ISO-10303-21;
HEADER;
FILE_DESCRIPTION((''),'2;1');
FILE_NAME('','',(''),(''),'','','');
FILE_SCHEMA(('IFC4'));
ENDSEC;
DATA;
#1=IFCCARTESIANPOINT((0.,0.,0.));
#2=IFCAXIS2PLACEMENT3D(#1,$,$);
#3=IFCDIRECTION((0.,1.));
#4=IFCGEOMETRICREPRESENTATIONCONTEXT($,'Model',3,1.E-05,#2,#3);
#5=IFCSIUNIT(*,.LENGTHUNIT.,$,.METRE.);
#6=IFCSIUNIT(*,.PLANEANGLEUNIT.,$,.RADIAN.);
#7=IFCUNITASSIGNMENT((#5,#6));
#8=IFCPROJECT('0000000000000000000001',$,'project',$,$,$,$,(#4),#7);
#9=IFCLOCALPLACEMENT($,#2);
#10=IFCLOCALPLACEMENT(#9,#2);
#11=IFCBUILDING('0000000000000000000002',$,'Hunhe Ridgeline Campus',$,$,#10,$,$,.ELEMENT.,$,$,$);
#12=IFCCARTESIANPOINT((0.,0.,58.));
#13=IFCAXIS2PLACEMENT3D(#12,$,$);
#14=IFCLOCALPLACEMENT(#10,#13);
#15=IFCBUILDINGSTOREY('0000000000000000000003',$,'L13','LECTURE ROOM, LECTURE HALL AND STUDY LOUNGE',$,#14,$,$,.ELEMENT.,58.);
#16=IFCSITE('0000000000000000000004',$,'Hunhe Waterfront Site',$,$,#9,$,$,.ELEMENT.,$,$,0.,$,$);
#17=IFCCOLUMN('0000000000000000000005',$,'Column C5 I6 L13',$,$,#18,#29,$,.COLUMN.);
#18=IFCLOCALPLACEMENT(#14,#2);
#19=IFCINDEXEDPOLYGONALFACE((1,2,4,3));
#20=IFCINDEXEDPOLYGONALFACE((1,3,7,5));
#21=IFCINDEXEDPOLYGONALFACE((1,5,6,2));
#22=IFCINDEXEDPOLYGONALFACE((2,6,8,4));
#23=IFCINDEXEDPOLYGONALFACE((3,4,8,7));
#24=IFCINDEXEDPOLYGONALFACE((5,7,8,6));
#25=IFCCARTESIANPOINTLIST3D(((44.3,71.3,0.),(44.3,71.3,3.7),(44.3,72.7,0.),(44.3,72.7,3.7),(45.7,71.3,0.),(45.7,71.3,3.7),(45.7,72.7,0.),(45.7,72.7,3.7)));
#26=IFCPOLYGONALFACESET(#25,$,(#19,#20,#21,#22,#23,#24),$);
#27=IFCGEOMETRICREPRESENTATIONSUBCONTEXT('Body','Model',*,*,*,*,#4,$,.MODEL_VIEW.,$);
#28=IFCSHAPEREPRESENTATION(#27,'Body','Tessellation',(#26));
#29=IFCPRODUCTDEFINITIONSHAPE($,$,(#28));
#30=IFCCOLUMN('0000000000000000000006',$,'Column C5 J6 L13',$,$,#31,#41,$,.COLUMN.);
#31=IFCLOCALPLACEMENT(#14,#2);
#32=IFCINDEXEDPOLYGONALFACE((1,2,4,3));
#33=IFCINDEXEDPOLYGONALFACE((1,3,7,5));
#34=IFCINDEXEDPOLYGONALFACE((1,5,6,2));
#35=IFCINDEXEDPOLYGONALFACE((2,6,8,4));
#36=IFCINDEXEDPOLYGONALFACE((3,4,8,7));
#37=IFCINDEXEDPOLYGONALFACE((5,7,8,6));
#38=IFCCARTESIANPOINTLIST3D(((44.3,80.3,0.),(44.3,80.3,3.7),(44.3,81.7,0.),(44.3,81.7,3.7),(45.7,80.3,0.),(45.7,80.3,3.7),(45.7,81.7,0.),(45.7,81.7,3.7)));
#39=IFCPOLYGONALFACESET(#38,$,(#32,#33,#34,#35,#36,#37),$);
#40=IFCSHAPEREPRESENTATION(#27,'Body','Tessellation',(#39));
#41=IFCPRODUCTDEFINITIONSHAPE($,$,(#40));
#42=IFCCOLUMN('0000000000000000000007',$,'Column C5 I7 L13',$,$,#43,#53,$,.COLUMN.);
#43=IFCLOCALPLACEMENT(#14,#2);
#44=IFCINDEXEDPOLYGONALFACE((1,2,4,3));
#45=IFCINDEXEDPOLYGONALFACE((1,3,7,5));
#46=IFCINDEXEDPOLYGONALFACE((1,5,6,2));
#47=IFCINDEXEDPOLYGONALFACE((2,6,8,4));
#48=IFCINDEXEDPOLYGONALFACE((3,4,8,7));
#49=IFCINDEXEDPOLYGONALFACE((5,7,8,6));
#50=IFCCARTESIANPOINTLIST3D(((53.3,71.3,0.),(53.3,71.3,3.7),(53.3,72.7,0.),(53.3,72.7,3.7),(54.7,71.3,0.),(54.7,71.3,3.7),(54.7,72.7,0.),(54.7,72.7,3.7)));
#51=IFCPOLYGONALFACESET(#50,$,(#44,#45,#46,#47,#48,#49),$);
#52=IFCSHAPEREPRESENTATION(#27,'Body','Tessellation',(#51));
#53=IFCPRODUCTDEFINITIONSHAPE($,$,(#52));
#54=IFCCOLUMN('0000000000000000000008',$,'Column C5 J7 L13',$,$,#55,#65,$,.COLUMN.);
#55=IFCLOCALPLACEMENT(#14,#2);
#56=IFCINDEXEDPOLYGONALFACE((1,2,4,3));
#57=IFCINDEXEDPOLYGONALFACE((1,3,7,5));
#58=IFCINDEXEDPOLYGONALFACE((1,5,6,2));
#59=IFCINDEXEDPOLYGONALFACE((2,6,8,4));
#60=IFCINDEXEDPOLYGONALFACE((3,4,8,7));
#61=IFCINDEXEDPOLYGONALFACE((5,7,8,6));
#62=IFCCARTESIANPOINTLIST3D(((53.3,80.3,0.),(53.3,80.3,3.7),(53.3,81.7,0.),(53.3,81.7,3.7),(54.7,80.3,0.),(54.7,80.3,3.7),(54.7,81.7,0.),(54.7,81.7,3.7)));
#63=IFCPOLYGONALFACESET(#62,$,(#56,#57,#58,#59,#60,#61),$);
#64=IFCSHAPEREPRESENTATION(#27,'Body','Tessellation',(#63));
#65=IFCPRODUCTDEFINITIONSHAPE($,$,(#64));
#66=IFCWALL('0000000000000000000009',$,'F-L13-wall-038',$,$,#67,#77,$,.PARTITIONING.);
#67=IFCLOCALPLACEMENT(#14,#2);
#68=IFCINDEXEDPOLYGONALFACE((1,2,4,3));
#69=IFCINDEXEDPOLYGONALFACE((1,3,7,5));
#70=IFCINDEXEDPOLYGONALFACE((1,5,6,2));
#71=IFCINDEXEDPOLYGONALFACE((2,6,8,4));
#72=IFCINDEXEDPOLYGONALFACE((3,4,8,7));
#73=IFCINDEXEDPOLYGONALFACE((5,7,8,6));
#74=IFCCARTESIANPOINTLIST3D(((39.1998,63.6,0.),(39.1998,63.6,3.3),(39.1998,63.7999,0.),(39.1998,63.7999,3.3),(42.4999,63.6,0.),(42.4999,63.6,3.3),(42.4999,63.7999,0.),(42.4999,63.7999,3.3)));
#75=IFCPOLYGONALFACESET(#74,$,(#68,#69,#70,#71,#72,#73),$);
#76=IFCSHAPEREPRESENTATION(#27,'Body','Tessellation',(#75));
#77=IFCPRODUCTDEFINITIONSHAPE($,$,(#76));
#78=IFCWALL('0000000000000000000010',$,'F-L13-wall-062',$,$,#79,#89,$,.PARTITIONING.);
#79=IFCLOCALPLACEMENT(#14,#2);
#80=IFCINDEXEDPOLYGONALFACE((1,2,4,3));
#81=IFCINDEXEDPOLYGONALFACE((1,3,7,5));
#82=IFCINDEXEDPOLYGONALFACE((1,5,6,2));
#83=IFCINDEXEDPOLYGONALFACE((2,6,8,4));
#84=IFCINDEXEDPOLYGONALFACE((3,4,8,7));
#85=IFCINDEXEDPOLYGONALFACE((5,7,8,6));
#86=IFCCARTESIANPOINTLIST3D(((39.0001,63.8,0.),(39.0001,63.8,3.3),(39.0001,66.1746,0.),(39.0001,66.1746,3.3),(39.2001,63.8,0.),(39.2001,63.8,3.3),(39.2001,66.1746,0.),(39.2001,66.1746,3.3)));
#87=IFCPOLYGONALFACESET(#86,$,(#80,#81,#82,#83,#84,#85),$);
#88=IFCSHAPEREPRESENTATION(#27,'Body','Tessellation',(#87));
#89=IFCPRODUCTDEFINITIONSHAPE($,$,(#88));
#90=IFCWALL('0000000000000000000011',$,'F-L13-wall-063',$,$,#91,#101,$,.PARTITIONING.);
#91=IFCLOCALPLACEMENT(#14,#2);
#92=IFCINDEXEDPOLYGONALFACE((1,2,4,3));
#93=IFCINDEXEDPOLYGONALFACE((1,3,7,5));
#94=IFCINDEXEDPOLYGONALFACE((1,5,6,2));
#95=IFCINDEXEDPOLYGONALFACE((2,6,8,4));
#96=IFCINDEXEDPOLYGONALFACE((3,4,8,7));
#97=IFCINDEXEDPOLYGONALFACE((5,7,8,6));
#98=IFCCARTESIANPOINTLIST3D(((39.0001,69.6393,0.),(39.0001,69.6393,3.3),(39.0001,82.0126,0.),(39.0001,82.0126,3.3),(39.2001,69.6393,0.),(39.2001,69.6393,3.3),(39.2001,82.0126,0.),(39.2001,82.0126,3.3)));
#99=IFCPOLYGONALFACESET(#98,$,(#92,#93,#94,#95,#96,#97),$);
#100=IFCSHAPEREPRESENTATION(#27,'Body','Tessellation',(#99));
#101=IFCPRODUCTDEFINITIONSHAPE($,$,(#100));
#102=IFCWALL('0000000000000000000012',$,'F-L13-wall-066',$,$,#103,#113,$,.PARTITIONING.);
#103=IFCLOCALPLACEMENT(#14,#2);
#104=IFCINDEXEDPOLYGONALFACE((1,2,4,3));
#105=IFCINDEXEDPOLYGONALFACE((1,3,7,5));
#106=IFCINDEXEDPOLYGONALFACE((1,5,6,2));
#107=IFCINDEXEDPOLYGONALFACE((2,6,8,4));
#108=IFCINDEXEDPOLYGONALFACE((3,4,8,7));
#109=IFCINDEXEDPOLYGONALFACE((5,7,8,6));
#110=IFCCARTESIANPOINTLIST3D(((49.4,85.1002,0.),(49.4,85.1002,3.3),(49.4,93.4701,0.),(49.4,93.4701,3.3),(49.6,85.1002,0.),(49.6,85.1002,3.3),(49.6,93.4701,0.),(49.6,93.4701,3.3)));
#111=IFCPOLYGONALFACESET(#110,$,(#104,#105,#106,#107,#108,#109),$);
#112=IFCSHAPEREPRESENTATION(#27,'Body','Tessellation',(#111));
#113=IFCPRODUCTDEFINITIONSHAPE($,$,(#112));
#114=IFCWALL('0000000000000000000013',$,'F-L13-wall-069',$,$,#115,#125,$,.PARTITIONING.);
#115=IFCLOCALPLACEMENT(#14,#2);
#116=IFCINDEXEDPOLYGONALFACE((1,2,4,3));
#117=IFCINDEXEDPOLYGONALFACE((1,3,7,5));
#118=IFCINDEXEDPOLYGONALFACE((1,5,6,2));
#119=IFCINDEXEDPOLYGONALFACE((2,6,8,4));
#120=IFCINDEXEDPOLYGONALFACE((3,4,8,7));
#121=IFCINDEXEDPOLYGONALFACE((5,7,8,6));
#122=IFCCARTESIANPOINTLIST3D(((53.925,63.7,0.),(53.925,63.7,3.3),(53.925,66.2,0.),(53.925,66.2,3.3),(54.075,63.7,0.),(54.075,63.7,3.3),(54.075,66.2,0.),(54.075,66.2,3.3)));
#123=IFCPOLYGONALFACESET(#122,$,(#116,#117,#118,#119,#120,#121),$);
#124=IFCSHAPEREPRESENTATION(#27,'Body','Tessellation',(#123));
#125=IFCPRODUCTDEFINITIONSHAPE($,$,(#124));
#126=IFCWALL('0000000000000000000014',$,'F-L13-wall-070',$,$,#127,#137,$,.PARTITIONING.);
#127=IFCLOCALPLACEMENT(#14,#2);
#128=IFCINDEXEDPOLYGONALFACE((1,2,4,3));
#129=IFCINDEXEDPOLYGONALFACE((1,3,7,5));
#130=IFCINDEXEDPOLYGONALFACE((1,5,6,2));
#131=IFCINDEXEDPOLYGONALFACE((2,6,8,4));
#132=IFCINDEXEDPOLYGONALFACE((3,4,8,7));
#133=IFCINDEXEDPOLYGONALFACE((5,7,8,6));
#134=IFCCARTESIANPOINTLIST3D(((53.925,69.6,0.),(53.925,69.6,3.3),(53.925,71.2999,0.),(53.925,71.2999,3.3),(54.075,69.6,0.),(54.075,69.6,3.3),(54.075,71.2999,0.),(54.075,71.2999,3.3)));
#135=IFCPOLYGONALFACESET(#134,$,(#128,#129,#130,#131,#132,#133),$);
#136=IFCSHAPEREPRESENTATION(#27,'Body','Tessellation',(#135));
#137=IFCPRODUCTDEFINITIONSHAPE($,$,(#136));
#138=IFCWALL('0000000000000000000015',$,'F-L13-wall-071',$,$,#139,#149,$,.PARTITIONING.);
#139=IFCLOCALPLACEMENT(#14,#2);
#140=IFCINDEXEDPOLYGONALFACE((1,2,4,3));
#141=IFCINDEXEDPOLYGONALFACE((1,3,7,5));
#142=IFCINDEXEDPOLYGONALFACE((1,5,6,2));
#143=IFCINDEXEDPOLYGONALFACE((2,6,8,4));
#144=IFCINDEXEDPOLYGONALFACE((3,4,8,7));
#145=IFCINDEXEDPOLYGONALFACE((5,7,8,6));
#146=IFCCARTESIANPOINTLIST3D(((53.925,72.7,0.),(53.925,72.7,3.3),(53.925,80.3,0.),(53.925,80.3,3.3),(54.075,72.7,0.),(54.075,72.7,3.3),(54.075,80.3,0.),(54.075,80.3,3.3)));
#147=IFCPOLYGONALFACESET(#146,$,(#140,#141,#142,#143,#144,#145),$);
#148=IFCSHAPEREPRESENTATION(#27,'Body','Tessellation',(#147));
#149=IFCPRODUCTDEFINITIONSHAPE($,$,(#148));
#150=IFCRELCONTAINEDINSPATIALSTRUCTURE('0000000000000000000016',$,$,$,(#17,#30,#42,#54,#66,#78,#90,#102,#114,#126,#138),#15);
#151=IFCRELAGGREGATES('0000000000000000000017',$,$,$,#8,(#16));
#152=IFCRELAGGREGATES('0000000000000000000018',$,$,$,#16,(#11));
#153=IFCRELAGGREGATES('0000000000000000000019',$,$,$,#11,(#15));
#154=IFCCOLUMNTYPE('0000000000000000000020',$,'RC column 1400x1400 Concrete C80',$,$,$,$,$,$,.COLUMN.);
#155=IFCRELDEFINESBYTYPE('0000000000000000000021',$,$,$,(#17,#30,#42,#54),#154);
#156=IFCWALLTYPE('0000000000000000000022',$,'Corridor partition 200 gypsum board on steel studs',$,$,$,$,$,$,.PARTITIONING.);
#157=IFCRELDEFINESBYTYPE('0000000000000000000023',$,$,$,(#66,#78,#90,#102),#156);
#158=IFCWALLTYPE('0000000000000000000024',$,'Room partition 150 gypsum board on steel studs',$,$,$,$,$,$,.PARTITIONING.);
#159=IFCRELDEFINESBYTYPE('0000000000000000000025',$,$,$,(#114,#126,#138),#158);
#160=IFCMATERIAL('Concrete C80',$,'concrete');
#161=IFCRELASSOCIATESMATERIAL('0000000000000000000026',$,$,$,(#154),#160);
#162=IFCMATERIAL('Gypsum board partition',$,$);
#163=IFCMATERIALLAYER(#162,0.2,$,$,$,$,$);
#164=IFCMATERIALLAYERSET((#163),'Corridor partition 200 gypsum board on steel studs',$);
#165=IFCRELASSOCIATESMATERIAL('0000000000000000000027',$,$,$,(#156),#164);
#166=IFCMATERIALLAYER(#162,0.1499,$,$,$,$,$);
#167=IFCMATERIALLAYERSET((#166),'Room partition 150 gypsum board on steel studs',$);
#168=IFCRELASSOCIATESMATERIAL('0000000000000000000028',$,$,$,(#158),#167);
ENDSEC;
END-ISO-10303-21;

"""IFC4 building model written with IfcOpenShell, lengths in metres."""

from ifc_helpers import new_model, si_unit, direction, frame, frame_2d, origin, origin_2d, place, context, subcontext, project, spatial, rectangle, extrude, material, layer, layer_set, material_profile, profile_set, type_object, element, save


model = new_model("IFC4")

# Units and contexts
model_context = context("Model", 3, precision=1e-05, world=origin(), true_north=direction((0.0, 1.0)))
body_context = subcontext(model_context, "Body", "Model", "MODEL_VIEW")
ifc_project = project(units=[si_unit("LENGTHUNIT", "METRE"), si_unit("PLANEANGLEUNIT", "RADIAN")], contexts=[model_context])

# Site, building, storey
site_placement = place(None, origin())
site = spatial("IfcSite", under=ifc_project, at=site_placement, Name="Hunhe Waterfront Site", CompositionType="ELEMENT", RefElevation=0.0)
building_placement = place(site_placement, origin())
building = spatial("IfcBuilding", under=site, at=building_placement, Name="Hunhe Ridgeline Campus", CompositionType="ELEMENT")
storey_placement = place(building_placement, frame((0.0, 0.0, 58.0)))
storey = spatial("IfcBuildingStorey", under=building, at=storey_placement, Name="L13", Description="LECTURE ROOM, LECTURE HALL AND STUDY LOUNGE", CompositionType="ELEMENT", Elevation=58.0)

# Columns
ifc_material_1 = material(Name="Concrete C80", Category="concrete")
ifc_material_profile = material_profile(ifc_material_1, rectangle(XDim=1.3999, YDim=1.3999, at=origin_2d()))
ifc_profile_set = profile_set([ifc_material_profile], Name="Concrete C80")
column_type = type_object("IfcColumnType", Name="RC column 1400x1400 Concrete C80", PredefinedType="COLUMN", material=ifc_profile_set)
for number, where, z_axis, x_axis, name in (
    (1, (45.0, 72.0, 0.0), (0.0, 0.0, 1.0), (1.0, 0.0, 0.0), "Column C5 I6 L13"),
    (2, (45.0, 81.0, 0.0), (0.0, 0.0, 1.0), (1.0, 0.0, 0.0), "Column C5 J6 L13"),
    (3, (54.0, 72.0, 0.0), (0.0, 0.0, 1.0), (1.0, 0.0, 0.0), "Column C5 I7 L13"),
    (4, (54.0, 81.0, 0.0), (0.0, 0.0, 1.0), (1.0, 0.0, 0.0), "Column C5 J7 L13"),
):
    element("IfcColumn", number, at=place(storey_placement, frame(where, z_axis=z_axis, x_axis=x_axis)), inside=storey, type_object=column_type, Name=name, PredefinedType="COLUMN", context=body_context, shape_type="SweptSolid", body=[
        extrude(rectangle(XDim=1.3999, YDim=1.3999, at=origin_2d()), origin(), (0.0, 0.0, 1.0), 3.7),
    ])

# Wall
ifc_material_2 = material(Name="Gypsum board partition")
ifc_layer_1 = layer(ifc_material_2, 0.2)
ifc_layer_set_1 = layer_set([ifc_layer_1], Name="Corridor partition 200 gypsum board on steel studs")
wall_type_1 = type_object("IfcWallType", Name="Corridor partition 200 gypsum board on steel studs", PredefinedType="PARTITIONING", material=ifc_layer_set_1)
wall_1_placement = place(storey_placement, frame((39.2, 63.7, 0.0), z_axis=(0.0, 0.0, 1.0), x_axis=(1.0, 0.0, 0.0)))
element("IfcWall", 5, at=wall_1_placement, inside=storey, type_object=wall_type_1, Name="F-L13-wall-038", PredefinedType="PARTITIONING", context=body_context, shape_type="SweptSolid", body=[
    extrude(rectangle(XDim=3.3, YDim=0.2, at=frame_2d((1.6499, 0.0))), origin(), (0.0, 0.0, 1.0), 3.3),
])

# Walls
wall_2_placement = place(storey_placement, frame((39.1001, 66.1746, 0.0), z_axis=(0.0, 0.0, 1.0), x_axis=(0.0, -1.0, 0.0)))
element("IfcWall", 6, at=wall_2_placement, inside=storey, type_object=wall_type_1, Name="F-L13-wall-062", PredefinedType="PARTITIONING", context=body_context, shape_type="SweptSolid", body=[
    extrude(rectangle(XDim=2.3745, YDim=0.2, at=frame_2d((1.1873, 0.0))), origin(), (0.0, 0.0, 1.0), 3.3),
])
wall_3_placement = place(storey_placement, frame((39.1001, 82.0125, 0.0), z_axis=(0.0, 0.0, 1.0), x_axis=(0.0, -1.0, 0.0)))
element("IfcWall", 7, at=wall_3_placement, inside=storey, type_object=wall_type_1, Name="F-L13-wall-063", PredefinedType="PARTITIONING", context=body_context, shape_type="SweptSolid", body=[
    extrude(rectangle(XDim=12.3733, YDim=0.2, at=frame_2d((6.1865, 0.0))), origin(), (0.0, 0.0, 1.0), 3.3),
])
wall_4_placement = place(storey_placement, frame((49.5, 85.1001, 0.0), z_axis=(0.0, 0.0, 1.0), x_axis=(0.0, 1.0, 0.0)))
element("IfcWall", 8, at=wall_4_placement, inside=storey, type_object=wall_type_1, Name="F-L13-wall-066", PredefinedType="PARTITIONING", context=body_context, shape_type="SweptSolid", body=[
    extrude(rectangle(XDim=8.3699, YDim=0.2, at=frame_2d((4.1851, 0.0))), origin(), (0.0, 0.0, 1.0), 3.3),
])
ifc_layer_2 = layer(ifc_material_2, 0.1499)
ifc_layer_set_2 = layer_set([ifc_layer_2], Name="Room partition 150 gypsum board on steel studs")
wall_type_2 = type_object("IfcWallType", Name="Room partition 150 gypsum board on steel studs", PredefinedType="PARTITIONING", material=ifc_layer_set_2)
wall_5_placement = place(storey_placement, frame((54.0, 66.2, 0.0), z_axis=(0.0, 0.0, 1.0), x_axis=(0.0, -1.0, 0.0)))
element("IfcWall", 9, at=wall_5_placement, inside=storey, type_object=wall_type_2, Name="F-L13-wall-069", PredefinedType="PARTITIONING", context=body_context, shape_type="SweptSolid", body=[
    extrude(rectangle(XDim=2.5, YDim=0.1499, at=frame_2d((1.25, 0.0))), origin(), (0.0, 0.0, 1.0), 3.3),
])
wall_6_placement = place(storey_placement, frame((54.0, 71.3, 0.0), z_axis=(0.0, 0.0, 1.0), x_axis=(0.0, -1.0, 0.0)))
element("IfcWall", 10, at=wall_6_placement, inside=storey, type_object=wall_type_2, Name="F-L13-wall-070", PredefinedType="PARTITIONING", context=body_context, shape_type="SweptSolid", body=[
    extrude(rectangle(XDim=1.7, YDim=0.1499, at=frame_2d((0.8501, 0.0))), origin(), (0.0, 0.0, 1.0), 3.3),
])
wall_7_placement = place(storey_placement, frame((54.0, 80.3, 0.0), z_axis=(0.0, 0.0, 1.0), x_axis=(0.0, -1.0, 0.0)))
element("IfcWall", 11, at=wall_7_placement, inside=storey, type_object=wall_type_2, Name="F-L13-wall-071", PredefinedType="PARTITIONING", context=body_context, shape_type="SweptSolid", body=[
    extrude(rectangle(XDim=7.6001, YDim=0.1499, at=frame_2d((3.8, 0.0))), origin(), (0.0, 0.0, 1.0), 3.3),
])

save(model, "model.ifc")
